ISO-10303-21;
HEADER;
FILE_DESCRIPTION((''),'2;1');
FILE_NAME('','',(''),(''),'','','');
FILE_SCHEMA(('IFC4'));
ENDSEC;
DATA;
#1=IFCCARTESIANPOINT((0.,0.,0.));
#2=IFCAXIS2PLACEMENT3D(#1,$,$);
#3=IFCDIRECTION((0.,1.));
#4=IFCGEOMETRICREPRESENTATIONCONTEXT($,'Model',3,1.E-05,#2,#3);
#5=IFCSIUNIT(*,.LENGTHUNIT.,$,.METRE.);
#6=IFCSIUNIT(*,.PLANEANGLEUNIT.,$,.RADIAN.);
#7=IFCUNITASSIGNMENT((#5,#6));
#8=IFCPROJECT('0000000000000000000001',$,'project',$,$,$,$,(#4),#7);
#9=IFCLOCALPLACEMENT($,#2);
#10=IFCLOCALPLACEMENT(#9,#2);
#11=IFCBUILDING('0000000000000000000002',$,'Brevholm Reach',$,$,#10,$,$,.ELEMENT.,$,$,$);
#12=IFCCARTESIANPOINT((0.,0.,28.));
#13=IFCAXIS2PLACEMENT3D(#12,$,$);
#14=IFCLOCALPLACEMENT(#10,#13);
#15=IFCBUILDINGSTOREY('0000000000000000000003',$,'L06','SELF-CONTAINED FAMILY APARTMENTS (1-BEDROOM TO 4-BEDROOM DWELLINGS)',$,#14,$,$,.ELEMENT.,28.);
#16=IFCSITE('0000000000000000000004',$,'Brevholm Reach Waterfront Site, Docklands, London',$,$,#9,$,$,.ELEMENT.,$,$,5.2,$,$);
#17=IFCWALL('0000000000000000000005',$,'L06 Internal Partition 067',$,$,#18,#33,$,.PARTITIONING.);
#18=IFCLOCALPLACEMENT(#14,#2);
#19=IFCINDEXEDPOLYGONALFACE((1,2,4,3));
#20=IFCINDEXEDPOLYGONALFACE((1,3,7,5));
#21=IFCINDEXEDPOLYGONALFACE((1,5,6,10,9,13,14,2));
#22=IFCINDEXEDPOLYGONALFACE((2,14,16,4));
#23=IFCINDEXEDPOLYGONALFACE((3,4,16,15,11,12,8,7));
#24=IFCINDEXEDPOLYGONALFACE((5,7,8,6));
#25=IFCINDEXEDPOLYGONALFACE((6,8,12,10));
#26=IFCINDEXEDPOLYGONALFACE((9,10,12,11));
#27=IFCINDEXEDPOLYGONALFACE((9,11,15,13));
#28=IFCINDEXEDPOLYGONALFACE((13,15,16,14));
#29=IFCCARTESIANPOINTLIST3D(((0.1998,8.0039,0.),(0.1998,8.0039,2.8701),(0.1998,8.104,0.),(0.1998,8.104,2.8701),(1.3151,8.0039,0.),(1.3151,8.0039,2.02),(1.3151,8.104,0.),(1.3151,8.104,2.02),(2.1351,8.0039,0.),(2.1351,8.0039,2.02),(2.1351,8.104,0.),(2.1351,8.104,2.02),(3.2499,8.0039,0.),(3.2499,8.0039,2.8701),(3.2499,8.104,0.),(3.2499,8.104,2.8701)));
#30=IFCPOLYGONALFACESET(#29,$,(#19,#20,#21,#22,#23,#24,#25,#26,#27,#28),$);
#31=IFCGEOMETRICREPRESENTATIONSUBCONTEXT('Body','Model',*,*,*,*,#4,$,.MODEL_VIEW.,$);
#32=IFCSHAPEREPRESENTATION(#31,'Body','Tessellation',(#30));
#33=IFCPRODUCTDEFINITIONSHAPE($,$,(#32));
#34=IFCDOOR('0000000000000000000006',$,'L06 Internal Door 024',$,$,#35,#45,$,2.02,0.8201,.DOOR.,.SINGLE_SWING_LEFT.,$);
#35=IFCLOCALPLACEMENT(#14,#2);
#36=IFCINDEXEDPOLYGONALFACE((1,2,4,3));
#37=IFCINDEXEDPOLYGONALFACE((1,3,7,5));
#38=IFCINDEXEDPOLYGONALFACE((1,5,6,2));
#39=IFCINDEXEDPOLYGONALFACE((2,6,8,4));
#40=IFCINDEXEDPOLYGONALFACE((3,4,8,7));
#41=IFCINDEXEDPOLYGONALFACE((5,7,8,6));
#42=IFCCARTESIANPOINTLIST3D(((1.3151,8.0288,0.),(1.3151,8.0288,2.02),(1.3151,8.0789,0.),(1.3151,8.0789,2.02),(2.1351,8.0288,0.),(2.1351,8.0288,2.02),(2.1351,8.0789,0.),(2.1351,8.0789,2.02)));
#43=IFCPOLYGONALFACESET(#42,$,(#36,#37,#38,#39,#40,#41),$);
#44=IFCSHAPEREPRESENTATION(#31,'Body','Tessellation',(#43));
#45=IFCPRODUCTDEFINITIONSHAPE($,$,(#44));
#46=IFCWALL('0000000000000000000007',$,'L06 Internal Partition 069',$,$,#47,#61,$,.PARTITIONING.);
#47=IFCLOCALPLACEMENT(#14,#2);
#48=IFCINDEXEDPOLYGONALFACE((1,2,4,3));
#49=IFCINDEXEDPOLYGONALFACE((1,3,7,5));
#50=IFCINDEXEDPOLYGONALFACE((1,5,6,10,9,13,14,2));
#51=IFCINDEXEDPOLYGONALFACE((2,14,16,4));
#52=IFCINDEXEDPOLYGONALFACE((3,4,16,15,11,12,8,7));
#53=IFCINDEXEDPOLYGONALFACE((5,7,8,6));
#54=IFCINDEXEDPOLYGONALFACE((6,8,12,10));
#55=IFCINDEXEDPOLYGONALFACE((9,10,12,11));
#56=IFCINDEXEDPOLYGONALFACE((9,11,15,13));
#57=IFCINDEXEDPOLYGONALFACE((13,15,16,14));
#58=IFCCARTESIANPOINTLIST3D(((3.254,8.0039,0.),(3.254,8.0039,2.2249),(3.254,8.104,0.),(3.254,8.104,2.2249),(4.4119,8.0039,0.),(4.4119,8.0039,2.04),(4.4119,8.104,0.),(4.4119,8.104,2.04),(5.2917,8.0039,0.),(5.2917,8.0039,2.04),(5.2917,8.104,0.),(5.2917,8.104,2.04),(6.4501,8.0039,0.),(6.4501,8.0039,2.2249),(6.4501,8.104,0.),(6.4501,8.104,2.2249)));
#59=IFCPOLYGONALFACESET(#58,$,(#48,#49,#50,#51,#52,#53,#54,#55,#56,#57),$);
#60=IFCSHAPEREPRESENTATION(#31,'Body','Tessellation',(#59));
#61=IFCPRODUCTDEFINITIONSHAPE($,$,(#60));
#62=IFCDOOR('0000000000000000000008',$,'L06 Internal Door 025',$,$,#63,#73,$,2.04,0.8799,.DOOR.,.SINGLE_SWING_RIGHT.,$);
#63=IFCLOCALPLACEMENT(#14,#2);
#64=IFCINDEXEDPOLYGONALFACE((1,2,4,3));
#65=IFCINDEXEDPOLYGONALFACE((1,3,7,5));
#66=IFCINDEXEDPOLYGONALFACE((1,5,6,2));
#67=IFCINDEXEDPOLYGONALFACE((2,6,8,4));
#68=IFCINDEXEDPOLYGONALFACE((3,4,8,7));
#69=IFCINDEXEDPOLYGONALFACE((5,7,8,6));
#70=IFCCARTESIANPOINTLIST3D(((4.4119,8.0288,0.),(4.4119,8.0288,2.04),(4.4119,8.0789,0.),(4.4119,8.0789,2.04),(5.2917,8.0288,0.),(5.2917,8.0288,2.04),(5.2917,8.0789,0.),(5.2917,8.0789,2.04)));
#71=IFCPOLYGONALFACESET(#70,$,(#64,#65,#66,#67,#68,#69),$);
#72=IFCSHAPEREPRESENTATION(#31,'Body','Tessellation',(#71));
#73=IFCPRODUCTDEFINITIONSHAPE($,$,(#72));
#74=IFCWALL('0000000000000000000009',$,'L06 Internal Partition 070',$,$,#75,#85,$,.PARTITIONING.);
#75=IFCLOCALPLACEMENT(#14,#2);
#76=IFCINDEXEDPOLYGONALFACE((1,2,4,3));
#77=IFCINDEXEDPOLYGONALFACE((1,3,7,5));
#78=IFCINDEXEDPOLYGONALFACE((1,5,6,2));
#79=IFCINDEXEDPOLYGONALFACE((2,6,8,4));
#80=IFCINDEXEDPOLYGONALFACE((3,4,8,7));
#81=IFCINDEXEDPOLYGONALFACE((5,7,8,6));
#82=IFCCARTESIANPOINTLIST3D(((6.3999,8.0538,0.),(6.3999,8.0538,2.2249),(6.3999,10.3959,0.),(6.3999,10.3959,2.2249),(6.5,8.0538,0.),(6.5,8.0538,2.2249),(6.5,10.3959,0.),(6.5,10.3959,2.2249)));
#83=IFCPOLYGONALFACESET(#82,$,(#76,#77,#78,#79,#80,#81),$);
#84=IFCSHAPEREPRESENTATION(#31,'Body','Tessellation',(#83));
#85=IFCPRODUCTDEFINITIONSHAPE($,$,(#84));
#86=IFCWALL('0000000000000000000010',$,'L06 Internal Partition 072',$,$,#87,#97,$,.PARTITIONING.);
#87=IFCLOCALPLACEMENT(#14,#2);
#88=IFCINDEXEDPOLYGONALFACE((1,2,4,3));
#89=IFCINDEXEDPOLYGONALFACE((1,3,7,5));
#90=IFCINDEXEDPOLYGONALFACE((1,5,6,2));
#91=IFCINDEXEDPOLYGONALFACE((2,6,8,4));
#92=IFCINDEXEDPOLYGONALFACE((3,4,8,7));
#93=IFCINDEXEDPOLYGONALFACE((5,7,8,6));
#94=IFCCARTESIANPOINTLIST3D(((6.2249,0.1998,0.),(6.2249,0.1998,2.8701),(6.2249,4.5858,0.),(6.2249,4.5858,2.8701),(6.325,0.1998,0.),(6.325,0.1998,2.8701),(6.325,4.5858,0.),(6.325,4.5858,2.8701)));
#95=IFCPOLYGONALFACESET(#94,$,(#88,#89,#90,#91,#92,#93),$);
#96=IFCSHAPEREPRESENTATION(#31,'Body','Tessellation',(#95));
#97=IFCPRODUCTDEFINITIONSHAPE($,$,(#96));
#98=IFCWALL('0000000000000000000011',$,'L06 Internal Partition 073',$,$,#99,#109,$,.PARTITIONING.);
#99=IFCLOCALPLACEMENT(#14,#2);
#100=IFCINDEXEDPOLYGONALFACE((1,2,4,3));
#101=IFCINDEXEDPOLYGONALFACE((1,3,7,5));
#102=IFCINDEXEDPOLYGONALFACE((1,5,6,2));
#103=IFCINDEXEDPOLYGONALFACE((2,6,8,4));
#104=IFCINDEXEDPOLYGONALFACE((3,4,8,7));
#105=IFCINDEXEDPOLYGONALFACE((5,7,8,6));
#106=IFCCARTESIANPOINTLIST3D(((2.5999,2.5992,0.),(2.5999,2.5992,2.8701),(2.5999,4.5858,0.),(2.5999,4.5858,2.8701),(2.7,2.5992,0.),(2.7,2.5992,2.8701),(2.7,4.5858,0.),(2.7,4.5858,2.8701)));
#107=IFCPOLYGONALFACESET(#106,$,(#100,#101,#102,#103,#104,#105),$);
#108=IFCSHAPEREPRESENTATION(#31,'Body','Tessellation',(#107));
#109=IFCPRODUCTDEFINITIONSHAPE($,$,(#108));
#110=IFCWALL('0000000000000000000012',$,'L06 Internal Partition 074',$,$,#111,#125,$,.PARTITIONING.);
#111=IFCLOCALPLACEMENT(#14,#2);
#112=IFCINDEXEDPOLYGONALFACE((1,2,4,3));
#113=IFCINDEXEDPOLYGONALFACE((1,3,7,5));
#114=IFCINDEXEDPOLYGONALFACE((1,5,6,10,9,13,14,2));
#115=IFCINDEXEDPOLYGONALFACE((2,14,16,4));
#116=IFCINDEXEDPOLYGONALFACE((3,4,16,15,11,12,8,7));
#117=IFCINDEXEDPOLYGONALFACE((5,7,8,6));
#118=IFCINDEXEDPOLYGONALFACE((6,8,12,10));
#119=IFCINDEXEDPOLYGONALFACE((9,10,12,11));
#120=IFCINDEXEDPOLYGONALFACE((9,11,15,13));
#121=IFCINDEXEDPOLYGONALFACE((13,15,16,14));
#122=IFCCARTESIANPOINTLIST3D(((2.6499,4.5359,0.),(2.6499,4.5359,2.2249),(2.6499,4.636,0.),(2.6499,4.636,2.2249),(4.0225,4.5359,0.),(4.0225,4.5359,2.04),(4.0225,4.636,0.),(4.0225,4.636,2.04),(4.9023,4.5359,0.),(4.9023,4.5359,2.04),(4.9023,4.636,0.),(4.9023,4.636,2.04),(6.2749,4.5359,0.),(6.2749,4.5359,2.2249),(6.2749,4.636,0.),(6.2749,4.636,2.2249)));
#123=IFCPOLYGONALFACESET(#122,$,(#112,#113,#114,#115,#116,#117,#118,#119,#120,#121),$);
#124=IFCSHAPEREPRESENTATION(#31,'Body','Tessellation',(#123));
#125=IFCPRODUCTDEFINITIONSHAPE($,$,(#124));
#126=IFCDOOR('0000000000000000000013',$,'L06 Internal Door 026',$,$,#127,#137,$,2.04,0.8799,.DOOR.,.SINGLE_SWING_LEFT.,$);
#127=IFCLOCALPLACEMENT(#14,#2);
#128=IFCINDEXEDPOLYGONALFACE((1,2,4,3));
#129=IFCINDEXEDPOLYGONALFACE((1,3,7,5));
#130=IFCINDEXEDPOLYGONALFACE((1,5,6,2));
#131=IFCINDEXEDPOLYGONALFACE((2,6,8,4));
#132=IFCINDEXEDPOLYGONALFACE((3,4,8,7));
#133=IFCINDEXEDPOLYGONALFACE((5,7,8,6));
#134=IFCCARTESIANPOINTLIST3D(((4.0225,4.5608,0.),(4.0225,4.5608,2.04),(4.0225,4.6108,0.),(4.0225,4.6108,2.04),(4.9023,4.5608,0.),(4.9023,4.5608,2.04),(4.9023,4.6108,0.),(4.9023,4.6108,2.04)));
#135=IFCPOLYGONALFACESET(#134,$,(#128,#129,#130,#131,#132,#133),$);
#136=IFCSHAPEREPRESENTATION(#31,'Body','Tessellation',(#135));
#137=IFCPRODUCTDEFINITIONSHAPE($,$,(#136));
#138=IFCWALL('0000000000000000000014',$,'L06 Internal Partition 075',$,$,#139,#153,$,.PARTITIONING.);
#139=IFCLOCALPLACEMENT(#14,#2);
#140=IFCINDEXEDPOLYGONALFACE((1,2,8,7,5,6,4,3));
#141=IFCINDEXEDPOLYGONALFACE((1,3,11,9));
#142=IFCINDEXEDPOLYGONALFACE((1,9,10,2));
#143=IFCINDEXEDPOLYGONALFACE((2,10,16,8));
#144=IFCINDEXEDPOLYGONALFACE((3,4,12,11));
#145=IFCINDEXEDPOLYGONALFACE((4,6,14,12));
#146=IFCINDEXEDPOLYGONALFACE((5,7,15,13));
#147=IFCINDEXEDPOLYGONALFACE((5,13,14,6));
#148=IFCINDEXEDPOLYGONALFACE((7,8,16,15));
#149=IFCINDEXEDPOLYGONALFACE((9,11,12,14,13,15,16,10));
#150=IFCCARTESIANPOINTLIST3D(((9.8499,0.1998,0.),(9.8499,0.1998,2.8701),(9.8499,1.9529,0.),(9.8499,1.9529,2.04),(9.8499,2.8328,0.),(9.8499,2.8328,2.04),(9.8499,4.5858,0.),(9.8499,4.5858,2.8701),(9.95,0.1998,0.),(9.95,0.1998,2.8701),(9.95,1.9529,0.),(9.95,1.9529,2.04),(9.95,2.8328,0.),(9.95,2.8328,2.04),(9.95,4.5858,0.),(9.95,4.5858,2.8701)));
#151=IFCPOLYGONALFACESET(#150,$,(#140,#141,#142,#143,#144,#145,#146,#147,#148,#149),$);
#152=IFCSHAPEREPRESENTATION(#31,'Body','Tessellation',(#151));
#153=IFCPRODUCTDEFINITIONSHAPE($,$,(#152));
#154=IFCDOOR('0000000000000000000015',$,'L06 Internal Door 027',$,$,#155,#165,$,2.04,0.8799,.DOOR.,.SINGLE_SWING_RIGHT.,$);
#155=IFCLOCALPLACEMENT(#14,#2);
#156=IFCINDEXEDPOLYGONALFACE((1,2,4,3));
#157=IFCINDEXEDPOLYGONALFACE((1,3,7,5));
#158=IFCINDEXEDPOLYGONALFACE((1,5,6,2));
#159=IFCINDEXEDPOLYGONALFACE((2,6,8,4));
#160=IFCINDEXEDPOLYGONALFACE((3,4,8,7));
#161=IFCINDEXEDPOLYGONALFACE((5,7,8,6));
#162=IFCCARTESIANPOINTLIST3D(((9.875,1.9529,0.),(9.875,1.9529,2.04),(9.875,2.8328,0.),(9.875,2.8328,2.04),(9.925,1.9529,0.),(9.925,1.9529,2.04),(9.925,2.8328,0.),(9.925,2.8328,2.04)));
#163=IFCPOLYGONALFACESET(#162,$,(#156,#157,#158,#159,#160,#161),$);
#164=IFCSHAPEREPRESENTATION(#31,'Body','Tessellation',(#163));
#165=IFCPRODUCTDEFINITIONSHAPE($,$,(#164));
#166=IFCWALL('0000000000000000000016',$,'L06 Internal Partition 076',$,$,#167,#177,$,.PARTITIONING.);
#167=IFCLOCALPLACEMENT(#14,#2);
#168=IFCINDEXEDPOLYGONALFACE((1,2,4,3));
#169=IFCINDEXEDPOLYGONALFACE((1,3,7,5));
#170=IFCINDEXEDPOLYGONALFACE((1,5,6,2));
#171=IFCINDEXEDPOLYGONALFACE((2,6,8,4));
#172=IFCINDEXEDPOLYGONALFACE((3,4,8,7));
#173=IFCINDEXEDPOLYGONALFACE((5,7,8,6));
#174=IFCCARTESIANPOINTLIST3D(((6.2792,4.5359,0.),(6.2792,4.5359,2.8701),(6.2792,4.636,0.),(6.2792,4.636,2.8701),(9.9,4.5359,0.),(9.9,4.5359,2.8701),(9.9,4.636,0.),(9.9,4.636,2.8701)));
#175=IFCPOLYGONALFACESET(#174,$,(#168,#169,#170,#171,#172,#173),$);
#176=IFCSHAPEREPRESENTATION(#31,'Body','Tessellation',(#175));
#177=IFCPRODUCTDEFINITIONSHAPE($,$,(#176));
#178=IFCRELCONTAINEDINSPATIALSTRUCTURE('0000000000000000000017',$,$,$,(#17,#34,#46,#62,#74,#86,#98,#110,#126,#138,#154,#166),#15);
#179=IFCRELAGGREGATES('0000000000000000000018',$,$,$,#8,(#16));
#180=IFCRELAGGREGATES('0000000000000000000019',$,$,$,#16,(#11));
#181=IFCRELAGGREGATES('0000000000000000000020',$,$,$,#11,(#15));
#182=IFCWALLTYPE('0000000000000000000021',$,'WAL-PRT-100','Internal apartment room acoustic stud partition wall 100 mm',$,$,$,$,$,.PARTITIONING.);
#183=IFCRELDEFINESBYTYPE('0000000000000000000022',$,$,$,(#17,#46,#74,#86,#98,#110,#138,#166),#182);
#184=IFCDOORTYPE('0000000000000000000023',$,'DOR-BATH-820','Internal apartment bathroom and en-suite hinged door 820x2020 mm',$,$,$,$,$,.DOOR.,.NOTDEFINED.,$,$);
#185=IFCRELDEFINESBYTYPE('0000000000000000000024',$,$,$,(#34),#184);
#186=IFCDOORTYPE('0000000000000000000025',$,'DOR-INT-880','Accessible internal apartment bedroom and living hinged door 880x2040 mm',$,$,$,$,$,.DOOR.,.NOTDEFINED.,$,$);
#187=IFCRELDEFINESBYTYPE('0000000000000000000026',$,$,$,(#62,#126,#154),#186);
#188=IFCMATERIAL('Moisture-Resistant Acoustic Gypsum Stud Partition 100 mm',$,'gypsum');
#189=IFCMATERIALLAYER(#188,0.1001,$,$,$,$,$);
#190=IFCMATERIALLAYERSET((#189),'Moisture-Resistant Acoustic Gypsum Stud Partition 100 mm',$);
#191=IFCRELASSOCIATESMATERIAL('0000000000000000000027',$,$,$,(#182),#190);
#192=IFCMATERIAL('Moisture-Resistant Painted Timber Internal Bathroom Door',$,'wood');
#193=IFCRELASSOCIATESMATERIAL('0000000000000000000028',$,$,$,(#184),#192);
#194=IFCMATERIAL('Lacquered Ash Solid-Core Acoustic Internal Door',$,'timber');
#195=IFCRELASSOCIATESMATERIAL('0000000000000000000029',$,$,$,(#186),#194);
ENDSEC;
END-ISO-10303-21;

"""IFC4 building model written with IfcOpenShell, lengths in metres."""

from ifc_helpers import new_model, si_unit, direction, frame, frame_2d, origin, place, context, subcontext, project, spatial, rectangle, extrude, material, layer, layer_set, type_object, element, fill, save


model = new_model("IFC4")

# Units and contexts
model_context = context("Model", 3, precision=1e-05, world=origin(), true_north=direction((0.0, 1.0)))
body_context = subcontext(model_context, "Body", "Model", "MODEL_VIEW")
ifc_project = project(units=[si_unit("LENGTHUNIT", "METRE"), si_unit("PLANEANGLEUNIT", "RADIAN")], contexts=[model_context])

# Site, building, storey
site_placement = place(None, origin())
site = spatial("IfcSite", under=ifc_project, at=site_placement, Name="Brevholm Reach Waterfront Site, Docklands, London", CompositionType="ELEMENT", RefElevation=5.2)
building_placement = place(site_placement, origin())
building = spatial("IfcBuilding", under=site, at=building_placement, Name="Brevholm Reach", CompositionType="ELEMENT")
storey_placement = place(building_placement, frame((0.0, 0.0, 28.0)))
storey = spatial("IfcBuildingStorey", under=building, at=storey_placement, Name="L06", Description="SELF-CONTAINED FAMILY APARTMENTS (1-BEDROOM TO 4-BEDROOM DWELLINGS)", CompositionType="ELEMENT", Elevation=28.0)

# Shared definitions
ifc_material_1 = material(Name="Moisture-Resistant Acoustic Gypsum Stud Partition 100 mm", Category="gypsum")
ifc_layer_1 = layer(ifc_material_1, 0.1001)
ifc_layer_set_1 = layer_set([ifc_layer_1], Name="Moisture-Resistant Acoustic Gypsum Stud Partition 100 mm")
wall_type_1 = type_object("IfcWallType", Name="WAL-PRT-100", Description="Internal apartment room acoustic stud partition wall 100 mm", PredefinedType="PARTITIONING", material=ifc_layer_set_1)

# Walls, openings, doors
wall_1_placement = place(storey_placement, frame((0.2, 8.054, 0.0), z_axis=(0.0, 0.0, 1.0), x_axis=(1.0, 0.0, 0.0)))
wall_1 = element("IfcWall", 1, at=wall_1_placement, inside=storey, type_object=wall_type_1, Name="L06 Internal Partition 067", PredefinedType="PARTITIONING", context=body_context, shape_type="SweptSolid", body=[
    extrude(rectangle(XDim=3.05, YDim=0.1001, at=frame_2d((1.5249, 0.0))), origin(), (0.0, 0.0, 1.0), 2.8701),
])
opening_1_placement = place(wall_1_placement, frame((1.115, 0.0, 0.0)))
opening_1 = element("IfcOpeningElement", 2, at=opening_1_placement, cuts=wall_1, PredefinedType="OPENING", context=body_context, shape_type="SweptSolid", body=[
    extrude(rectangle(XDim=0.8201, YDim=2.02, at=frame_2d((0.4102, 1.01))), frame((0.0, 0.0601, 0.0), z_axis=(0.0, -1.0, 0.0), x_axis=(1.0, 0.0, 0.0)), (0.0, 0.0, 1.0), 0.1201),
])
ifc_material_2 = material(Name="Moisture-Resistant Painted Timber Internal Bathroom Door", Category="wood")
door_type_1 = type_object("IfcDoorType", Name="DOR-BATH-820", Description="Internal apartment bathroom and en-suite hinged door 820x2020 mm", OperationType="NOTDEFINED", PredefinedType="DOOR", material=ifc_material_2)
door_1_placement = place(opening_1_placement, origin())
door_1 = element("IfcDoor", 3, at=door_1_placement, inside=storey, type_object=door_type_1, Name="L06 Internal Door 024", OperationType="SINGLE_SWING_LEFT", OverallHeight=2.02, OverallWidth=0.8201, PredefinedType="DOOR", context=body_context, shape_type="SweptSolid", body=[
    extrude(rectangle(XDim=0.8201, YDim=2.02, at=frame_2d((0.4102, 1.01))), frame((0.0, 0.0249, 0.0), z_axis=(0.0, -1.0, 0.0), x_axis=(1.0, 0.0, 0.0)), (0.0, 0.0, 1.0), 0.05),
])
fill(opening_1, door_1)
wall_2_placement = place(storey_placement, frame((3.2539, 8.054, 0.0), z_axis=(0.0, 0.0, 1.0), x_axis=(1.0, 0.0, 0.0)))
wall_2 = element("IfcWall", 4, at=wall_2_placement, inside=storey, type_object=wall_type_1, Name="L06 Internal Partition 069", PredefinedType="PARTITIONING", context=body_context, shape_type="SweptSolid", body=[
    extrude(rectangle(XDim=3.196, YDim=0.1001, at=frame_2d((1.5981, 0.0))), origin(), (0.0, 0.0, 1.0), 2.2249),
])
opening_2_placement = place(wall_2_placement, frame((1.158, 0.0, 0.0)))
opening_2 = element("IfcOpeningElement", 5, at=opening_2_placement, cuts=wall_2, PredefinedType="OPENING", context=body_context, shape_type="SweptSolid", body=[
    extrude(rectangle(XDim=0.8799, YDim=2.04, at=frame_2d((0.4399, 1.02))), frame((0.0, 0.0601, 0.0), z_axis=(0.0, -1.0, 0.0), x_axis=(1.0, 0.0, 0.0)), (0.0, 0.0, 1.0), 0.1201),
])
ifc_material_3 = material(Name="Lacquered Ash Solid-Core Acoustic Internal Door", Category="timber")
door_type_2 = type_object("IfcDoorType", Name="DOR-INT-880", Description="Accessible internal apartment bedroom and living hinged door 880x2040 mm", OperationType="NOTDEFINED", PredefinedType="DOOR", material=ifc_material_3)
door_2_placement = place(opening_2_placement, origin())
door_2 = element("IfcDoor", 6, at=door_2_placement, inside=storey, type_object=door_type_2, Name="L06 Internal Door 025", OperationType="SINGLE_SWING_RIGHT", OverallHeight=2.04, OverallWidth=0.8799, PredefinedType="DOOR", context=body_context, shape_type="SweptSolid", body=[
    extrude(rectangle(XDim=0.8799, YDim=2.04, at=frame_2d((0.4399, 1.02))), frame((0.0, 0.0249, 0.0), z_axis=(0.0, -1.0, 0.0), x_axis=(1.0, 0.0, 0.0)), (0.0, 0.0, 1.0), 0.05),
])
fill(opening_2, door_2)

# Walls
wall_3_placement = place(storey_placement, frame((6.45, 8.054, 0.0), z_axis=(0.0, 0.0, 1.0), x_axis=(0.0, 1.0, 0.0)))
element("IfcWall", 7, at=wall_3_placement, inside=storey, type_object=wall_type_1, Name="L06 Internal Partition 070", PredefinedType="PARTITIONING", context=body_context, shape_type="SweptSolid", body=[
    extrude(rectangle(XDim=2.342, YDim=0.1001, at=frame_2d((1.1709, 0.0))), origin(), (0.0, 0.0, 1.0), 2.2249),
])
wall_4_placement = place(storey_placement, frame((6.2749, 0.2, 0.0), z_axis=(0.0, 0.0, 1.0), x_axis=(0.0, 1.0, 0.0)))
element("IfcWall", 8, at=wall_4_placement, inside=storey, type_object=wall_type_1, Name="L06 Internal Partition 072", PredefinedType="PARTITIONING", context=body_context, shape_type="SweptSolid", body=[
    extrude(rectangle(XDim=4.386, YDim=0.1001, at=frame_2d((2.1929, 0.0))), origin(), (0.0, 0.0, 1.0), 2.8701),
])
wall_5_placement = place(storey_placement, frame((2.6499, 2.5994, 0.0), z_axis=(0.0, 0.0, 1.0), x_axis=(0.0, 1.0, 0.0)))
element("IfcWall", 9, at=wall_5_placement, inside=storey, type_object=wall_type_1, Name="L06 Internal Partition 073", PredefinedType="PARTITIONING", context=body_context, shape_type="SweptSolid", body=[
    extrude(rectangle(XDim=1.9866, YDim=0.1001, at=frame_2d((0.9932, 0.0))), origin(), (0.0, 0.0, 1.0), 2.8701),
])

# Walls, openings, doors
wall_6_placement = place(storey_placement, frame((2.6499, 4.5859, 0.0), z_axis=(0.0, 0.0, 1.0), x_axis=(1.0, 0.0, 0.0)))
wall_6 = element("IfcWall", 10, at=wall_6_placement, inside=storey, type_object=wall_type_1, Name="L06 Internal Partition 074", PredefinedType="PARTITIONING", context=body_context, shape_type="SweptSolid", body=[
    extrude(rectangle(XDim=3.625, YDim=0.1001, at=frame_2d((1.8125, 0.0))), origin(), (0.0, 0.0, 1.0), 2.2249),
])
opening_3_placement = place(wall_6_placement, frame((1.3726, 0.0, 0.0)))
opening_3 = element("IfcOpeningElement", 11, at=opening_3_placement, cuts=wall_6, PredefinedType="OPENING", context=body_context, shape_type="SweptSolid", body=[
    extrude(rectangle(XDim=0.8799, YDim=2.04, at=frame_2d((0.4399, 1.02))), frame((0.0, 0.0601, 0.0), z_axis=(0.0, -1.0, 0.0), x_axis=(1.0, 0.0, 0.0)), (0.0, 0.0, 1.0), 0.1201),
])
door_3_placement = place(opening_3_placement, origin())
door_3 = element("IfcDoor", 12, at=door_3_placement, inside=storey, type_object=door_type_2, Name="L06 Internal Door 026", OperationType="SINGLE_SWING_LEFT", OverallHeight=2.04, OverallWidth=0.8799, PredefinedType="DOOR", context=body_context, shape_type="SweptSolid", body=[
    extrude(rectangle(XDim=0.8799, YDim=2.04, at=frame_2d((0.4399, 1.02))), frame((0.0, 0.0249, 0.0), z_axis=(0.0, -1.0, 0.0), x_axis=(1.0, 0.0, 0.0)), (0.0, 0.0, 1.0), 0.05),
])
fill(opening_3, door_3)
wall_7_placement = place(storey_placement, frame((9.8999, 0.2, 0.0), z_axis=(0.0, 0.0, 1.0), x_axis=(0.0, 1.0, 0.0)))
wall_7 = element("IfcWall", 13, at=wall_7_placement, inside=storey, type_object=wall_type_1, Name="L06 Internal Partition 075", PredefinedType="PARTITIONING", context=body_context, shape_type="SweptSolid", body=[
    extrude(rectangle(XDim=4.386, YDim=0.1001, at=frame_2d((2.1929, 0.0))), origin(), (0.0, 0.0, 1.0), 2.8701),
])
opening_4_placement = place(wall_7_placement, frame((1.7529, 0.0, 0.0)))
opening_4 = element("IfcOpeningElement", 14, at=opening_4_placement, cuts=wall_7, PredefinedType="OPENING", context=body_context, shape_type="SweptSolid", body=[
    extrude(rectangle(XDim=0.8799, YDim=2.04, at=frame_2d((0.4399, 1.02))), frame((0.0, 0.0601, 0.0), z_axis=(0.0, -1.0, 0.0), x_axis=(1.0, 0.0, 0.0)), (0.0, 0.0, 1.0), 0.1201),
])
door_4_placement = place(opening_4_placement, origin())
door_4 = element("IfcDoor", 15, at=door_4_placement, inside=storey, type_object=door_type_2, Name="L06 Internal Door 027", OperationType="SINGLE_SWING_RIGHT", OverallHeight=2.04, OverallWidth=0.8799, PredefinedType="DOOR", context=body_context, shape_type="SweptSolid", body=[
    extrude(rectangle(XDim=0.8799, YDim=2.04, at=frame_2d((0.4399, 1.02))), frame((0.0, 0.0249, 0.0), z_axis=(0.0, -1.0, 0.0), x_axis=(1.0, 0.0, 0.0)), (0.0, 0.0, 1.0), 0.05),
])
fill(opening_4, door_4)

# Wall
wall_8_placement = place(storey_placement, frame((6.2791, 4.5859, 0.0), z_axis=(0.0, 0.0, 1.0), x_axis=(1.0, 0.0, 0.0)))
element("IfcWall", 16, at=wall_8_placement, inside=storey, type_object=wall_type_1, Name="L06 Internal Partition 076", PredefinedType="PARTITIONING", context=body_context, shape_type="SweptSolid", body=[
    extrude(rectangle(XDim=3.6208, YDim=0.1001, at=frame_2d((1.8105, 0.0))), origin(), (0.0, 0.0, 1.0), 2.8701),
])

save(model, "model.ifc")
